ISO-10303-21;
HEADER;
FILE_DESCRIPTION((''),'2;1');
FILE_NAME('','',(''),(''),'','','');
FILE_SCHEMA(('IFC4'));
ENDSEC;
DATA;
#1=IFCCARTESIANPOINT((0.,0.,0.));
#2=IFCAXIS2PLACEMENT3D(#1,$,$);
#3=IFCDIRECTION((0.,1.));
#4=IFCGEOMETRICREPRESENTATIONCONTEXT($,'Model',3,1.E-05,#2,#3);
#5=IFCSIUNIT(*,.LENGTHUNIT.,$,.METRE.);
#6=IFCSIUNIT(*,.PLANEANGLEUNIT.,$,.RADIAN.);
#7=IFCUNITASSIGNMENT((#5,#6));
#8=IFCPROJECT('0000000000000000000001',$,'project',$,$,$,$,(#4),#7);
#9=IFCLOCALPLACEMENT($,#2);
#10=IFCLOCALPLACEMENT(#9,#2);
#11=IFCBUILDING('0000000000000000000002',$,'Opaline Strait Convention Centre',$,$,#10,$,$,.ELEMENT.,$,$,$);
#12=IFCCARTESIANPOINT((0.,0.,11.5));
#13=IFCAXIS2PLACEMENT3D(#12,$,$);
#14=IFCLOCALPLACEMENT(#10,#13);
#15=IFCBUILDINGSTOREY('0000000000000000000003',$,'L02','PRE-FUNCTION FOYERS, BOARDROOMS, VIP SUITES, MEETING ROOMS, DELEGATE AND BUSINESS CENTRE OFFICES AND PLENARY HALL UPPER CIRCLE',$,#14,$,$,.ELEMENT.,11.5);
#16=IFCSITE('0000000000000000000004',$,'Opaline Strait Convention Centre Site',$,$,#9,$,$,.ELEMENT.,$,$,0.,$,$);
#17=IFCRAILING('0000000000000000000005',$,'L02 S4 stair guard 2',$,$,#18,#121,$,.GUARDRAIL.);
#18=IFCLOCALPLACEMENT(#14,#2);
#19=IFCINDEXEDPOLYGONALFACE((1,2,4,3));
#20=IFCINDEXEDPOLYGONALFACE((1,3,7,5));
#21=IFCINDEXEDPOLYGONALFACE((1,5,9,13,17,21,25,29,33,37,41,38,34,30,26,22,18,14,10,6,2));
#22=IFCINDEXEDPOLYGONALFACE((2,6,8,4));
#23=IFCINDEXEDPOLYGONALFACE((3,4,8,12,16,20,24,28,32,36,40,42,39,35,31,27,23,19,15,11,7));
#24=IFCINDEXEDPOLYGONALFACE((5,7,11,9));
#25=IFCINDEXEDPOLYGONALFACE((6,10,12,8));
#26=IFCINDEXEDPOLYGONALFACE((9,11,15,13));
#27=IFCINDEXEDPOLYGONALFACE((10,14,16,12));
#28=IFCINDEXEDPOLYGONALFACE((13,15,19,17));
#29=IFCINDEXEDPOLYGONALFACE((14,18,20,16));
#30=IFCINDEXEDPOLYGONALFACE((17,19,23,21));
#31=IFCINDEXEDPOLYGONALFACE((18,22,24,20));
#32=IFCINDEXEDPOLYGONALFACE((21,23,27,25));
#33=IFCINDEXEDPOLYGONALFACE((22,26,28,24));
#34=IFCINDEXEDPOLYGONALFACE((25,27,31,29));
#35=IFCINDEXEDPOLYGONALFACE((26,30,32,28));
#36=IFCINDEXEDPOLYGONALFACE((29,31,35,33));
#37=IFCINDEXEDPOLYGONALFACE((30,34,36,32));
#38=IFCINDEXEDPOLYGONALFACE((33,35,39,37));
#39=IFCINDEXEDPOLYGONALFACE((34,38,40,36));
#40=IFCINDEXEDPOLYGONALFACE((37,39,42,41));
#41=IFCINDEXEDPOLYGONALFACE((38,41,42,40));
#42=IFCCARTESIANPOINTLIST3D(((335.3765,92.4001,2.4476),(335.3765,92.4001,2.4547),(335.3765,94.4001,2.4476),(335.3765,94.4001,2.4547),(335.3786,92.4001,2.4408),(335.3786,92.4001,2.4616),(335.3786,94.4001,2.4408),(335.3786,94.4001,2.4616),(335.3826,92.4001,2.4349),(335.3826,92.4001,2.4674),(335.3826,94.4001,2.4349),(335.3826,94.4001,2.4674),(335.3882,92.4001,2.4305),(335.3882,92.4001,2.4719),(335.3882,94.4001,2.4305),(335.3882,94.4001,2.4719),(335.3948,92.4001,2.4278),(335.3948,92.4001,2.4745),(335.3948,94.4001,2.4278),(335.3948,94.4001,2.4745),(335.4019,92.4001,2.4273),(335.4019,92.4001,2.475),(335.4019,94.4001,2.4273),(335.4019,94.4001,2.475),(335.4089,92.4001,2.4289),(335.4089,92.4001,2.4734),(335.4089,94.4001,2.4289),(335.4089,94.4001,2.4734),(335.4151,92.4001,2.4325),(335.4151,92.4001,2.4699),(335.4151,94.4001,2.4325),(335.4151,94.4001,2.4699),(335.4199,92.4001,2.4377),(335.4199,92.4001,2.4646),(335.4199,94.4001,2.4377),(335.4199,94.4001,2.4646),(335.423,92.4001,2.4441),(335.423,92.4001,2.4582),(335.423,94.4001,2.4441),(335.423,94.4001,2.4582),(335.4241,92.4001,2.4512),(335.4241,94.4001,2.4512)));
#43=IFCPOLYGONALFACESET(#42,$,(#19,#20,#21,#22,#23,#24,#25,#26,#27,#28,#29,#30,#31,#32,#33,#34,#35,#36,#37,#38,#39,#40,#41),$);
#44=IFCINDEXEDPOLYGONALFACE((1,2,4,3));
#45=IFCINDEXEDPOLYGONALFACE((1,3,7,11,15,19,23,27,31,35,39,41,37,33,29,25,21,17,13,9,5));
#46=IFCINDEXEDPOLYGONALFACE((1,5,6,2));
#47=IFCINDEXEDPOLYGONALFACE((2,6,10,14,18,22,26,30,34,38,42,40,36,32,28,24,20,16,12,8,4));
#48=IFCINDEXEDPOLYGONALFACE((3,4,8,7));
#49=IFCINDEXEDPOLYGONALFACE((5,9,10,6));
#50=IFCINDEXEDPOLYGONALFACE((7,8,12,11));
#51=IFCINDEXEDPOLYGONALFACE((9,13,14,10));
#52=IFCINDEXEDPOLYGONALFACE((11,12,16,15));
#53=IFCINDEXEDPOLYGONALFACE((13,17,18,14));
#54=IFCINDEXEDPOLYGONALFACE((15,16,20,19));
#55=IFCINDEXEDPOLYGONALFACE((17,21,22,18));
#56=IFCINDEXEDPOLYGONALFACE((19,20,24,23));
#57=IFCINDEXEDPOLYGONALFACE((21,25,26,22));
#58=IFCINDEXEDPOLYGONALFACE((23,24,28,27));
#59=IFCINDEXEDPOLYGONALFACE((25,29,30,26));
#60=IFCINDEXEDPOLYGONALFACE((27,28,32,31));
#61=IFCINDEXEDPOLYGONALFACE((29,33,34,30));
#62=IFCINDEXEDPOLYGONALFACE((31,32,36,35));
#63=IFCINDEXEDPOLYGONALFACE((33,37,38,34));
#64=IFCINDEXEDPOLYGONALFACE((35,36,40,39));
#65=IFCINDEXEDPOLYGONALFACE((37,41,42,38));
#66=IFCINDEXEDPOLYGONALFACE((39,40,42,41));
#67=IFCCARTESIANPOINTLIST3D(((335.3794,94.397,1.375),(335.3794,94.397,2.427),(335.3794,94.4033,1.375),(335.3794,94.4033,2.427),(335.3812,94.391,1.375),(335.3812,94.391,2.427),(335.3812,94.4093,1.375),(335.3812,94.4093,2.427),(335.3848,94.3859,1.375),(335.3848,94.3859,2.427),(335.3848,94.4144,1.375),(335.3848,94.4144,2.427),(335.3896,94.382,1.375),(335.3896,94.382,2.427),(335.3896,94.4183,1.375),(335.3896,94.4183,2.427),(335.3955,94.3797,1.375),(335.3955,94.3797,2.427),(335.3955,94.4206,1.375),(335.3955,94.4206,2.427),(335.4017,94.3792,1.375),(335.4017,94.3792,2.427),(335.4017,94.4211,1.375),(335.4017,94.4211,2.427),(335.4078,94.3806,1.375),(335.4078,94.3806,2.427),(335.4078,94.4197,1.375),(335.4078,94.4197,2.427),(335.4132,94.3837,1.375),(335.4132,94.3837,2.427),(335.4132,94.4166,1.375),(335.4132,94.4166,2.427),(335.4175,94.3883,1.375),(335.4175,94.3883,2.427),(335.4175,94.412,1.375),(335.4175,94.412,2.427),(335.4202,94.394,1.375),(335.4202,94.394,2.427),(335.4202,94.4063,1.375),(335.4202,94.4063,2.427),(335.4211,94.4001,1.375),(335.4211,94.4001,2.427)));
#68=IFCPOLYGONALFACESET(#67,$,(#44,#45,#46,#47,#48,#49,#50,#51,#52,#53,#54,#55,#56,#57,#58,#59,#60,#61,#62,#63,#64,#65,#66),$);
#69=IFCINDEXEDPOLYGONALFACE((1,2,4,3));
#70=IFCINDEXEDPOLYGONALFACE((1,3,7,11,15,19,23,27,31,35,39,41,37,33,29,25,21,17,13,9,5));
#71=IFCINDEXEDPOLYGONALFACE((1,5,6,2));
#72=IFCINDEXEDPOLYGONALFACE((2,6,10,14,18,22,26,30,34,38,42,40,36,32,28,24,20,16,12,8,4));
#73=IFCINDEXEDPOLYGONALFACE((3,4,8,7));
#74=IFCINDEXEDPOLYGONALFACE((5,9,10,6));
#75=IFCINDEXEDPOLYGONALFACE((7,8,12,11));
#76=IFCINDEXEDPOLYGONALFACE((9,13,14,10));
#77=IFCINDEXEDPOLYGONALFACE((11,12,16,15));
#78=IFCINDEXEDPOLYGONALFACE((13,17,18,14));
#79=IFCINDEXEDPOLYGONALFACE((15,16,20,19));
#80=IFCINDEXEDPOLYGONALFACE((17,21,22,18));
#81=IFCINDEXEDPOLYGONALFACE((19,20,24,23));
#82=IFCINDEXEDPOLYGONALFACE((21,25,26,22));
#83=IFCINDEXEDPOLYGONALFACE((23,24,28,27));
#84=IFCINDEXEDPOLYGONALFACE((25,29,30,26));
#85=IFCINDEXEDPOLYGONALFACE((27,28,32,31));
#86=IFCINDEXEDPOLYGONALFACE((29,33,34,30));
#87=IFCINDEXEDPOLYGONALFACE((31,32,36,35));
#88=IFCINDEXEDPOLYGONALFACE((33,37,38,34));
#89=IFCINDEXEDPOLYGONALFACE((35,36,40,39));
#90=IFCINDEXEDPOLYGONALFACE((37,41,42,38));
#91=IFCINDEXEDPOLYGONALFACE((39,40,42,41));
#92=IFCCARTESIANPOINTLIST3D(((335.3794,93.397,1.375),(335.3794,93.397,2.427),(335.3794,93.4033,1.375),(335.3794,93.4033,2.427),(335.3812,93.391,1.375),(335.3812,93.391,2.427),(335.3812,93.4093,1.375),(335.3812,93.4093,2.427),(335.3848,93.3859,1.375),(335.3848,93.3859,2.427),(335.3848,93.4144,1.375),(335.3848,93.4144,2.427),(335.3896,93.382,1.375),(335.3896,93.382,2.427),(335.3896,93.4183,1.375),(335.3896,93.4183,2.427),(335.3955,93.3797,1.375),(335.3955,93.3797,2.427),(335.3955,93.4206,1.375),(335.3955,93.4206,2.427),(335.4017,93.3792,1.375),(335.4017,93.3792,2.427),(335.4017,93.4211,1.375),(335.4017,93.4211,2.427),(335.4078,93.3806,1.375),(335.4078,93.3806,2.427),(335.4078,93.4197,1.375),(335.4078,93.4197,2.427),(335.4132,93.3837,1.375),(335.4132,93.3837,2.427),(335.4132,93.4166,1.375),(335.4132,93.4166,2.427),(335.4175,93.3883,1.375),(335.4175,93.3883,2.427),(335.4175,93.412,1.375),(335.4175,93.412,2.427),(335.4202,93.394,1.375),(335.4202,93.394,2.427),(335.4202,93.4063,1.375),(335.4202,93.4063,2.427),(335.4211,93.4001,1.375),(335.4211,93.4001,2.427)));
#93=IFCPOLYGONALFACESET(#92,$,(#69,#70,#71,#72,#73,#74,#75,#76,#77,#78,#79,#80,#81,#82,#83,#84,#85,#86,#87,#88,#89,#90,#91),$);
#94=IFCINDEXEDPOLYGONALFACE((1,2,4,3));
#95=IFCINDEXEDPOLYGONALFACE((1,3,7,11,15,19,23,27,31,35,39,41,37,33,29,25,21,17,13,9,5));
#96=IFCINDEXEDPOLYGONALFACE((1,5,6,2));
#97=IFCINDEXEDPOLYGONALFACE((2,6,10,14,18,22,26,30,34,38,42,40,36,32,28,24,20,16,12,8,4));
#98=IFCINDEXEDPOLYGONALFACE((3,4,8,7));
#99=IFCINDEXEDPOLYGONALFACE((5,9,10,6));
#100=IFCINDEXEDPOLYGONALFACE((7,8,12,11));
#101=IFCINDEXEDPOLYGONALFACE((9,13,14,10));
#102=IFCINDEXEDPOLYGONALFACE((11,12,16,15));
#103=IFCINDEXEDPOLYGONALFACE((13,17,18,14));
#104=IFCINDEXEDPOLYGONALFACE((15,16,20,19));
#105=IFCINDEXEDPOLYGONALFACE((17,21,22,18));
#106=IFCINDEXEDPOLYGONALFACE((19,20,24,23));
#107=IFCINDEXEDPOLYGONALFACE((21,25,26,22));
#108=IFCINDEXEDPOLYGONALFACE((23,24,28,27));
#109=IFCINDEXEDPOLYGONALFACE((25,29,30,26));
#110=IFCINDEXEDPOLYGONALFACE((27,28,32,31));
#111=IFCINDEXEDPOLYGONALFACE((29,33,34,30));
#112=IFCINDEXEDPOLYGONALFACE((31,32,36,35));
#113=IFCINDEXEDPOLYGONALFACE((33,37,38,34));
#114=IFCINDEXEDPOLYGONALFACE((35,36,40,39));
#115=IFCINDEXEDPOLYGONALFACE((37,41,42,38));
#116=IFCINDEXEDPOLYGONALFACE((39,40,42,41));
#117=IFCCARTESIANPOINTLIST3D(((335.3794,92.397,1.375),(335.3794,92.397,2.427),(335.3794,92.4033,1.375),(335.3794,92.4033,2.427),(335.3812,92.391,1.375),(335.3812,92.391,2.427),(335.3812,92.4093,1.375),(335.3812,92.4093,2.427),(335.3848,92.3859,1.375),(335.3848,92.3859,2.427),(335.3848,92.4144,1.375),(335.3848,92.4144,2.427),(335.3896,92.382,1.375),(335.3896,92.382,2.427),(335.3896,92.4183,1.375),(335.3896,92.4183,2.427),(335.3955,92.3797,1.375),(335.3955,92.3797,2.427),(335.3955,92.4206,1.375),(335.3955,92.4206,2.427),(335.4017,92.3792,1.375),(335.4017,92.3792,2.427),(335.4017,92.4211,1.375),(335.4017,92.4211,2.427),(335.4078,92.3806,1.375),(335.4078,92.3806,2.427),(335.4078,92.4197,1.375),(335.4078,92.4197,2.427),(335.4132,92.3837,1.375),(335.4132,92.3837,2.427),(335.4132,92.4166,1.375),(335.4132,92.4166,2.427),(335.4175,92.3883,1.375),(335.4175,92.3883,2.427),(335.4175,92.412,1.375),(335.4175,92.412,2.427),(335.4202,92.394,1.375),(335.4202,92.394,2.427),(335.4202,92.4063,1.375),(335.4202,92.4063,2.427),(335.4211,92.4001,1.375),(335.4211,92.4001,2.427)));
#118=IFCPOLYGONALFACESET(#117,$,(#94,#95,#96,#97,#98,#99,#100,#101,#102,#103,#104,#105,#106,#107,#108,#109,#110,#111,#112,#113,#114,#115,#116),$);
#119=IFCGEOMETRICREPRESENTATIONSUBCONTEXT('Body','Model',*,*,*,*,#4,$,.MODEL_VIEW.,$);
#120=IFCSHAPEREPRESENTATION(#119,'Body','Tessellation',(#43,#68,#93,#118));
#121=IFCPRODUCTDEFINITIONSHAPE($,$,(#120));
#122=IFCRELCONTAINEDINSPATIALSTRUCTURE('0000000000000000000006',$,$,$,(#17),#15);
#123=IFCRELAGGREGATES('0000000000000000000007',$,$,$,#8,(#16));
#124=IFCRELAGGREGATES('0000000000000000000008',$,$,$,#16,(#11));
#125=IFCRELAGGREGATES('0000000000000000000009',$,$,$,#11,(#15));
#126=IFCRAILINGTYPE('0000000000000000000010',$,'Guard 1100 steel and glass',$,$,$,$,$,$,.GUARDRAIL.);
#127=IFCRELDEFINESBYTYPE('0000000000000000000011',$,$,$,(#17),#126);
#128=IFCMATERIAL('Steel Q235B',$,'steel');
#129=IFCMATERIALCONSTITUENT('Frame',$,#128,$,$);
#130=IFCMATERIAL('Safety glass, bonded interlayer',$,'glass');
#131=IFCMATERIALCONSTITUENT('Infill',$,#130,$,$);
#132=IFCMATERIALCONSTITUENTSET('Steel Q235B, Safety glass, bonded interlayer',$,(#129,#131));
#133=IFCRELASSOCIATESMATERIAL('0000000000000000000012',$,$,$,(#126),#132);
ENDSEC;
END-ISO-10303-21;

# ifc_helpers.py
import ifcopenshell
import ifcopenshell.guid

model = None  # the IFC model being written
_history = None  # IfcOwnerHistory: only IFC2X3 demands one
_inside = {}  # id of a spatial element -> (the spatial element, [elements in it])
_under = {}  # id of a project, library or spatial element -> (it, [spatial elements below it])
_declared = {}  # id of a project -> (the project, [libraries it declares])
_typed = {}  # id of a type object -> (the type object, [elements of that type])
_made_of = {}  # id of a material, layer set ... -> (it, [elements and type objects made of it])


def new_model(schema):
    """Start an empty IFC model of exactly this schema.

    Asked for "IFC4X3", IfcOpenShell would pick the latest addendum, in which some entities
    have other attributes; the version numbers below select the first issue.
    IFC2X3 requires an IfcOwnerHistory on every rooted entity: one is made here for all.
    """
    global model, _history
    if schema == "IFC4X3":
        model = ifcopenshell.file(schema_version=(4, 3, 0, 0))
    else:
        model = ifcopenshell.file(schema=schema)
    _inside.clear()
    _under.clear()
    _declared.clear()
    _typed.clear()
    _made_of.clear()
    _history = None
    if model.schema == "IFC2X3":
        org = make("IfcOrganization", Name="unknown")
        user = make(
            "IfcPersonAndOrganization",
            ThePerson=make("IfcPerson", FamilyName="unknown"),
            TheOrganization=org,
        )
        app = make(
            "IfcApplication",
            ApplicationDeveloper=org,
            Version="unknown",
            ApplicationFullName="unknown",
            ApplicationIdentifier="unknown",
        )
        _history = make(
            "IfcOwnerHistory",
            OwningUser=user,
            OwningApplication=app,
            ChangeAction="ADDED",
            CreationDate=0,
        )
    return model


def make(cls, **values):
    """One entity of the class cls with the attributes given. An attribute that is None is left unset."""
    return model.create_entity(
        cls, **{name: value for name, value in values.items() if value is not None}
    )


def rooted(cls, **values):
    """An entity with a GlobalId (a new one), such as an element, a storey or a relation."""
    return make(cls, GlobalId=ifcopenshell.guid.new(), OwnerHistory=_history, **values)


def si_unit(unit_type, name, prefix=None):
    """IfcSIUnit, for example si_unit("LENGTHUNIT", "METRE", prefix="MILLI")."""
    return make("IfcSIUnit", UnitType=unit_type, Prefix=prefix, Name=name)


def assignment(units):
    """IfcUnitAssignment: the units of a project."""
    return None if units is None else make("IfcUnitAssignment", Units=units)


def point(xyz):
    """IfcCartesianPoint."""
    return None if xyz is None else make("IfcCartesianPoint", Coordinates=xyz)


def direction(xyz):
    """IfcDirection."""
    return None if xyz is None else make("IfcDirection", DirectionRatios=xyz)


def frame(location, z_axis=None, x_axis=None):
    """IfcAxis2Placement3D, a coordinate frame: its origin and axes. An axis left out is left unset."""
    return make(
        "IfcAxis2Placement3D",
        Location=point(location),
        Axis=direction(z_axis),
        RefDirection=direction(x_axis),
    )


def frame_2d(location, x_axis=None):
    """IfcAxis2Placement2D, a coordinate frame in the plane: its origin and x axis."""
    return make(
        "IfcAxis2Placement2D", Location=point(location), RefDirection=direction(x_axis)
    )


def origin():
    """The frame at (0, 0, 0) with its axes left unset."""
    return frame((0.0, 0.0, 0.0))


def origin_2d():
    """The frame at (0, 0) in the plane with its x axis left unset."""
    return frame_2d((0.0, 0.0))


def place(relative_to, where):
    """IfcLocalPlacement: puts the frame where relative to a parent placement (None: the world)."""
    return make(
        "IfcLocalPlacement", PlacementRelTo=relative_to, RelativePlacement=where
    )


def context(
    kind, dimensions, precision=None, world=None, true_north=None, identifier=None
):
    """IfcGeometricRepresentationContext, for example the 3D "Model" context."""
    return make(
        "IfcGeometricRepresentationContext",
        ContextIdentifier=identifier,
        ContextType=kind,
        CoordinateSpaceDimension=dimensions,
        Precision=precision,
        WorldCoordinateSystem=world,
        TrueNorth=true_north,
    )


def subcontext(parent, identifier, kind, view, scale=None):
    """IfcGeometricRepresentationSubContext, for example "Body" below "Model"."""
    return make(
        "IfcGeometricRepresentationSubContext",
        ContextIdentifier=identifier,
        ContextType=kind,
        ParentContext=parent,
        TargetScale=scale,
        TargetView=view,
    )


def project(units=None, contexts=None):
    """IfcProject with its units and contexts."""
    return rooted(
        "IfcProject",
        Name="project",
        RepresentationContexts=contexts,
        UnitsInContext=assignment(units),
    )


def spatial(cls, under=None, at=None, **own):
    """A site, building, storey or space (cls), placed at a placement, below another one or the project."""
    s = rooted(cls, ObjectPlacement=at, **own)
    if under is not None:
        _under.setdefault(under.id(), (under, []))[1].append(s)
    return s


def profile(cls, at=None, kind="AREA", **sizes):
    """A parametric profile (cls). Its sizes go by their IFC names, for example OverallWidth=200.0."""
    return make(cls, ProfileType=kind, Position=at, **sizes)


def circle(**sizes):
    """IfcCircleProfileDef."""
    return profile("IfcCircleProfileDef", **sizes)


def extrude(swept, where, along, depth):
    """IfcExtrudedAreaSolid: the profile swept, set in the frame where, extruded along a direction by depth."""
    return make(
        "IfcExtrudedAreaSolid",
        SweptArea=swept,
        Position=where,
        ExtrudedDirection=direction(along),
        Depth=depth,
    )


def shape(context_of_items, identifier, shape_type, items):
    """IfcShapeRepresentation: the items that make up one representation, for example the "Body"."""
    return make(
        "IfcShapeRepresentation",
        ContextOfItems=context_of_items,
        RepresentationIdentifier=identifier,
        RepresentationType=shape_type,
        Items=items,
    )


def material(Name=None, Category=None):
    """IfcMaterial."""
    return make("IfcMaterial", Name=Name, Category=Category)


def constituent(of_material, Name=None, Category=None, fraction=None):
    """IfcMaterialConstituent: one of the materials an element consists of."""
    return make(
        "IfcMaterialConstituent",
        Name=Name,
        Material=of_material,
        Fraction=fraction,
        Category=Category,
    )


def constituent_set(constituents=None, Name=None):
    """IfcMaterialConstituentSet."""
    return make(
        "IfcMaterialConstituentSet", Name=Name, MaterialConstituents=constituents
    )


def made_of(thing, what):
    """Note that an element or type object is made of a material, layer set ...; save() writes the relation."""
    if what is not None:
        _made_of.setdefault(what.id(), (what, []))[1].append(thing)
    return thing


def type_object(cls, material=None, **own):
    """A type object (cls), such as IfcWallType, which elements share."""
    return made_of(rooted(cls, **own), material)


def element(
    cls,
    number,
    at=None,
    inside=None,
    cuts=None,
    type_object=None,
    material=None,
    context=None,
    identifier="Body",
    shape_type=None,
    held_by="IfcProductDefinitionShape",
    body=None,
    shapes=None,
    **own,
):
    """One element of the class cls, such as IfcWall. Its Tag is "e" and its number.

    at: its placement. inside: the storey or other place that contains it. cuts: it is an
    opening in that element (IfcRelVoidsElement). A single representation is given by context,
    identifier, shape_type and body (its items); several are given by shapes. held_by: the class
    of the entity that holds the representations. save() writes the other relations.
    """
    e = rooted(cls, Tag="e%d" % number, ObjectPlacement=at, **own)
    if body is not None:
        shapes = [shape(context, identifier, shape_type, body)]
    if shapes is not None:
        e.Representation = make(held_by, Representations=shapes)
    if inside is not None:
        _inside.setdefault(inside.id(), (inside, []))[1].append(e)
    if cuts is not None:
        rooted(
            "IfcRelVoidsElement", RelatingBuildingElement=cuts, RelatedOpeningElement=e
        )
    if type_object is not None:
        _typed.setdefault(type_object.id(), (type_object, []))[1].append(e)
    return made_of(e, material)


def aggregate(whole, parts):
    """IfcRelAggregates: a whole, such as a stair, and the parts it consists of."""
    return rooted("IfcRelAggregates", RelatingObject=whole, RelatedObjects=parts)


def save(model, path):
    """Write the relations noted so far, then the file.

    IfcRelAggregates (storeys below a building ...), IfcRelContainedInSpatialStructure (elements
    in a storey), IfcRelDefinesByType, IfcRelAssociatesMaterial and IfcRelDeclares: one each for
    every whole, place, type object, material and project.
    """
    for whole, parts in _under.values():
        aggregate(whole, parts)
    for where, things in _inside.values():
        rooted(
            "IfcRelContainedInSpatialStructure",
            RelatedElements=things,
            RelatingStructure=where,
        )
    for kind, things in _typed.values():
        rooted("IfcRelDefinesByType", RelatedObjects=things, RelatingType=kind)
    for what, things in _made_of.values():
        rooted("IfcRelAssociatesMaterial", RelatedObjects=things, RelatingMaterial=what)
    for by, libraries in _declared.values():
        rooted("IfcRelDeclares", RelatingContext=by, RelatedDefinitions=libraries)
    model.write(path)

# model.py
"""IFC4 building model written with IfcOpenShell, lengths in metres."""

from ifc_helpers import new_model, si_unit, direction, frame, origin, origin_2d, place, context, subcontext, project, spatial, circle, extrude, material, constituent, constituent_set, type_object, element, save


model = new_model("IFC4")

# Units and contexts
model_context = context("Model", 3, precision=1e-05, world=origin(), true_north=direction((0.0, 1.0)))
body_context = subcontext(model_context, "Body", "Model", "MODEL_VIEW")
ifc_project = project(units=[si_unit("LENGTHUNIT", "METRE"), si_unit("PLANEANGLEUNIT", "RADIAN")], contexts=[model_context])

# Site, building, storey
site_placement = place(None, origin())
site = spatial("IfcSite", under=ifc_project, at=site_placement, Name="Opaline Strait Convention Centre Site", CompositionType="ELEMENT", RefElevation=0.0)
building_placement = place(site_placement, origin())
building = spatial("IfcBuilding", under=site, at=building_placement, Name="Opaline Strait Convention Centre", CompositionType="ELEMENT")
storey_placement = place(building_placement, frame((0.0, 0.0, 11.5)))
storey = spatial("IfcBuildingStorey", under=building, at=storey_placement, Name="L02", Description="PRE-FUNCTION FOYERS, BOARDROOMS, VIP SUITES, MEETING ROOMS, DELEGATE AND BUSINESS CENTRE OFFICES AND PLENARY HALL UPPER CIRCLE", CompositionType="ELEMENT", Elevation=11.5)

# Shared definitions
ifc_material_1 = material(Name="Steel Q235B", Category="steel")

# Railing
ifc_constituent_1 = constituent(ifc_material_1, Name="Frame")
ifc_material_2 = material(Name="Safety glass, bonded interlayer", Category="glass")
ifc_constituent_2 = constituent(ifc_material_2, Name="Infill")
ifc_constituent_set = constituent_set(constituents=[ifc_constituent_1, ifc_constituent_2], Name="Steel Q235B, Safety glass, bonded interlayer")
railing_type_1 = type_object("IfcRailingType", Name="Guard 1100 steel and glass", PredefinedType="GUARDRAIL", material=ifc_constituent_set)
railing_1_placement = place(storey_placement, frame((335.4001, 94.4001, 1.375)))
element("IfcRailing", 1, at=railing_1_placement, inside=storey, type_object=railing_type_1, Name="L02 S4 stair guard 2", PredefinedType="GUARDRAIL", context=body_context, shape_type="SweptSolid", body=[
    extrude(circle(Radius=0.0239, at=origin_2d()), frame((0.0, 0.0, 1.0762), z_axis=(0.0, -1.0, 0.0), x_axis=(1.0, 0.0, 0.0)), (0.0, 0.0, 1.0), 2.0),
    extrude(circle(Radius=0.021, at=origin_2d()), origin(), (0.0, 0.0, 1.0), 1.052),
    extrude(circle(Radius=0.021, at=origin_2d()), frame((0.0, -1.0, 0.0)), (0.0, 0.0, 1.0), 1.052),
    extrude(circle(Radius=0.021, at=origin_2d()), frame((0.0, -2.0, 0.0)), (0.0, 0.0, 1.0), 1.052),
])

save(model, "model.ifc")
